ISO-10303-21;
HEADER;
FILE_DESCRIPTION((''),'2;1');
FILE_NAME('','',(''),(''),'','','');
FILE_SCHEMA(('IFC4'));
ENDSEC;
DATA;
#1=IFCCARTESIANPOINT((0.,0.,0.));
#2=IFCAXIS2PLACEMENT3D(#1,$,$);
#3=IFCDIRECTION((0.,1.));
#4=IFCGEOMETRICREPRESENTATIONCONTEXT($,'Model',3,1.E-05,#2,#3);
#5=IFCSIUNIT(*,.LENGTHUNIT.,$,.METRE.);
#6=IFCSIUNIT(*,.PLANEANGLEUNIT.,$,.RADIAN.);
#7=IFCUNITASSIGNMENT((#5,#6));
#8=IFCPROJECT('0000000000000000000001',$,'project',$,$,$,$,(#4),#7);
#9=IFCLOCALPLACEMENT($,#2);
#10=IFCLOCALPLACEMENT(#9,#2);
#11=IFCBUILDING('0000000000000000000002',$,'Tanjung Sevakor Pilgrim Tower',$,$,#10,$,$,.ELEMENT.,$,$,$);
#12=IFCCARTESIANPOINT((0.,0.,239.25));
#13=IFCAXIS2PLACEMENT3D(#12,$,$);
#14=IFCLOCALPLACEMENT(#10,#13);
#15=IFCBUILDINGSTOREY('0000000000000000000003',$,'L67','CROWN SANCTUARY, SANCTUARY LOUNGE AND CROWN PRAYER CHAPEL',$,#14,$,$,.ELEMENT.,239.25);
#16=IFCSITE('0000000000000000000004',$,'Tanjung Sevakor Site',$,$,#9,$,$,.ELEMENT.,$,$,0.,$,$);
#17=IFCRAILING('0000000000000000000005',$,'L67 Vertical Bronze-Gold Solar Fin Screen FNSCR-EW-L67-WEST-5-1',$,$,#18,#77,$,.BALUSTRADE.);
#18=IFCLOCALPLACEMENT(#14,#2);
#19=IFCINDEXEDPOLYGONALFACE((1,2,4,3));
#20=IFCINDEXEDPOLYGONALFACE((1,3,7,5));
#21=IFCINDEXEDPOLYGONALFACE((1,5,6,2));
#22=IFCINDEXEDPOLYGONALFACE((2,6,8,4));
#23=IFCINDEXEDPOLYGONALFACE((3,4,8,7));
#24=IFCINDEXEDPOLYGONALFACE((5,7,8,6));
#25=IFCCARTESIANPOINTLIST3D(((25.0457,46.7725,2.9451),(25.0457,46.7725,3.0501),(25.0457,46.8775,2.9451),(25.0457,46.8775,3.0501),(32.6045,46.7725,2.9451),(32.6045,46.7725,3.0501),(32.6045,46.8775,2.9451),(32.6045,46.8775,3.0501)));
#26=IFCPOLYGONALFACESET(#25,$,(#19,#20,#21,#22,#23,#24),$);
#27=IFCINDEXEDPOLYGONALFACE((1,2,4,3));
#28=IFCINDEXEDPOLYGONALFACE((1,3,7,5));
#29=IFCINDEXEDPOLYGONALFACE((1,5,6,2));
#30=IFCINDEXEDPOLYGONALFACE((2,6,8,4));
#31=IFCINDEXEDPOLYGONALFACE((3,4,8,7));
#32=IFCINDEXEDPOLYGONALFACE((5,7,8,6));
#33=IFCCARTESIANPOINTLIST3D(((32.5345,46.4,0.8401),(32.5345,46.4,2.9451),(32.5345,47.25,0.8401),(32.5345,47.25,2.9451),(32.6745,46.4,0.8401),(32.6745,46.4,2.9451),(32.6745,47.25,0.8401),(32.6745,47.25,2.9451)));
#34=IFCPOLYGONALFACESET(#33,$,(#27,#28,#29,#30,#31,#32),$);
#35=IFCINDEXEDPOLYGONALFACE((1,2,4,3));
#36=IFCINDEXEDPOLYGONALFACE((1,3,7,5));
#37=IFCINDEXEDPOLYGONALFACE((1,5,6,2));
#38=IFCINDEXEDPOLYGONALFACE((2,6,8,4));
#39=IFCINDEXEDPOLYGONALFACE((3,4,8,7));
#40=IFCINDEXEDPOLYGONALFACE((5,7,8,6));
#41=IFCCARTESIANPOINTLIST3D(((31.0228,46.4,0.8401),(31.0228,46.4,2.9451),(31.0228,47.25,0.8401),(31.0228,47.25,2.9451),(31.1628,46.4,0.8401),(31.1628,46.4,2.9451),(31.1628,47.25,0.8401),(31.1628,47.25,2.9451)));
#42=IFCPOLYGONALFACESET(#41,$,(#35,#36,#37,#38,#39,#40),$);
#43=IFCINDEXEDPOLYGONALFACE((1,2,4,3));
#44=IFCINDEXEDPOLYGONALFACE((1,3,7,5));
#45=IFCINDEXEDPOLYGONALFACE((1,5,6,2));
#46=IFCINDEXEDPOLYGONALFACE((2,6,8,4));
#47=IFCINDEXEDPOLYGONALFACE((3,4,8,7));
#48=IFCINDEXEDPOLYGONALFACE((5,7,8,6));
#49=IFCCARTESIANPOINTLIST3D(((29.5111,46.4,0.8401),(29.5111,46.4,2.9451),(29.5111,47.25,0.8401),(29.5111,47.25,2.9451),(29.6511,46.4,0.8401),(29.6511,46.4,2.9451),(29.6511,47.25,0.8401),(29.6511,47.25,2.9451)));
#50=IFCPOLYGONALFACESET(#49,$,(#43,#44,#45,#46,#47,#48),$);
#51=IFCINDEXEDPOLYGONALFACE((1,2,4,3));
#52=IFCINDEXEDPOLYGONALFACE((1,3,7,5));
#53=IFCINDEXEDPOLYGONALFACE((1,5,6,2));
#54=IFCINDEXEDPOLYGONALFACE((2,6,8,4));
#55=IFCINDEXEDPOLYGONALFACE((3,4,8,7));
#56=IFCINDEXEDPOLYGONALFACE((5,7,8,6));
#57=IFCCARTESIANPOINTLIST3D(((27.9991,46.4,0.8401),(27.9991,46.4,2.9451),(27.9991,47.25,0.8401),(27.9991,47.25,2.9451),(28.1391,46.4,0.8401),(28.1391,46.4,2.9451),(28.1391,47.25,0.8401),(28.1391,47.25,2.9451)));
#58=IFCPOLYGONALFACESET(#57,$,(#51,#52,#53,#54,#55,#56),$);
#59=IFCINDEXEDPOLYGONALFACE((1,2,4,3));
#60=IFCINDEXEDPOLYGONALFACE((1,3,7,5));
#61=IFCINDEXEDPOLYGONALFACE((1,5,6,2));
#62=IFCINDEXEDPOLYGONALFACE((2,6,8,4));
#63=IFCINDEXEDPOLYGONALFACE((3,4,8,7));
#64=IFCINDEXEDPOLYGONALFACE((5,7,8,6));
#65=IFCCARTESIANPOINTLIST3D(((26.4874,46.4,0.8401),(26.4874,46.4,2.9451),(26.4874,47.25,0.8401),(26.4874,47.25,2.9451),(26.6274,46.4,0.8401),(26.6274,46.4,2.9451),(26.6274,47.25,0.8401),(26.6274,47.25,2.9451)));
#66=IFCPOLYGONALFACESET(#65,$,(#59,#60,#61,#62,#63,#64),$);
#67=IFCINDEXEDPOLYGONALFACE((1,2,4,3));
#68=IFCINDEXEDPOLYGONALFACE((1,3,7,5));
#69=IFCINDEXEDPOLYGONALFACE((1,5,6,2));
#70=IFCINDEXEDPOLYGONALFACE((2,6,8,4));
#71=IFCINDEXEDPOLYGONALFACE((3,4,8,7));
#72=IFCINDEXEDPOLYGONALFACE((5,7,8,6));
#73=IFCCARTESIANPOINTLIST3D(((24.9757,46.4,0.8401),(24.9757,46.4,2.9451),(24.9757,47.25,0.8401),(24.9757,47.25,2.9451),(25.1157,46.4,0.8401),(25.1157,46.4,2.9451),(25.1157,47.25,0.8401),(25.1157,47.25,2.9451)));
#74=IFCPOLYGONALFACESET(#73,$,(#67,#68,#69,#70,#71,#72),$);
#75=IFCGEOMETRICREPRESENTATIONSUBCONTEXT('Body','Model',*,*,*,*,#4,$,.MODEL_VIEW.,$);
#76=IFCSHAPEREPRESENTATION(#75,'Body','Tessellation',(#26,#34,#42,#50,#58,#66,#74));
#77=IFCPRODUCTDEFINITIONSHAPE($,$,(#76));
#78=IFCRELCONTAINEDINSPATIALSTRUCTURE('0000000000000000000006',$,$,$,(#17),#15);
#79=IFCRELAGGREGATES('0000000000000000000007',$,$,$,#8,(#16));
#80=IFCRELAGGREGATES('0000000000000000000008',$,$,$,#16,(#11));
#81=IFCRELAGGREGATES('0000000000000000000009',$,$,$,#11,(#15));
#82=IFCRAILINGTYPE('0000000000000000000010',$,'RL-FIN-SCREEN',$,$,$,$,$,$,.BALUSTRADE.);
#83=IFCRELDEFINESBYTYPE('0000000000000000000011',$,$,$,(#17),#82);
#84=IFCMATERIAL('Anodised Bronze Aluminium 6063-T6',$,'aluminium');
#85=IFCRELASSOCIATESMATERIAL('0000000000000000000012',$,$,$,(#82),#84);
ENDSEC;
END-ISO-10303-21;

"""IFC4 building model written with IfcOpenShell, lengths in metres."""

from ifc_helpers import new_model, si_unit, direction, frame, origin, place, context, subcontext, project, spatial, rectangle, extrude, material, type_object, element, save


model = new_model("IFC4")

# Units and contexts
model_context = context("Model", 3, precision=1e-05, world=origin(), true_north=direction((0.0, 1.0)))
body_context = subcontext(model_context, "Body", "Model", "MODEL_VIEW")
ifc_project = project(units=[si_unit("LENGTHUNIT", "METRE"), si_unit("PLANEANGLEUNIT", "RADIAN")], contexts=[model_context])

# Site, building, storey
site_placement = place(None, origin())
site = spatial("IfcSite", under=ifc_project, at=site_placement, Name="Tanjung Sevakor Site", CompositionType="ELEMENT", RefElevation=0.0)
building_placement = place(site_placement, origin())
building = spatial("IfcBuilding", under=site, at=building_placement, Name="Tanjung Sevakor Pilgrim Tower", CompositionType="ELEMENT")
storey_placement = place(building_placement, frame((0.0, 0.0, 239.25)))
storey = spatial("IfcBuildingStorey", under=building, at=storey_placement, Name="L67", Description="CROWN SANCTUARY, SANCTUARY LOUNGE AND CROWN PRAYER CHAPEL", CompositionType="ELEMENT", Elevation=239.25)

# Railing
ifc_material_1 = material(Name="Anodised Bronze Aluminium 6063-T6", Category="aluminium")
railing_type = type_object("IfcRailingType", Name="RL-FIN-SCREEN", PredefinedType="BALUSTRADE", material=ifc_material_1)
railing_placement = place(storey_placement, frame((32.6045, 46.825, 0.8401)))
element("IfcRailing", 1, at=railing_placement, inside=storey, type_object=railing_type, Name="L67 Vertical Bronze-Gold Solar Fin Screen FNSCR-EW-L67-WEST-5-1", PredefinedType="BALUSTRADE", context=body_context, shape_type="SweptSolid", body=[
    extrude(rectangle(XDim=0.105, YDim=0.105), frame((0.0, 0.0, 2.1575), z_axis=(-1.0, 0.0, 0.0), x_axis=(0.0, -1.0, 0.0)), (0.0, 0.0, 1.0), 7.5588),
    extrude(rectangle(XDim=0.14, YDim=0.85), origin(), (0.0, 0.0, 1.0), 2.105),
    extrude(rectangle(XDim=0.14, YDim=0.85), frame((-1.5117, 0.0, 0.0)), (0.0, 0.0, 1.0), 2.105),
    extrude(rectangle(XDim=0.14, YDim=0.85), frame((-3.0234, 0.0, 0.0)), (0.0, 0.0, 1.0), 2.105),
    extrude(rectangle(XDim=0.14, YDim=0.85), frame((-4.5354, 0.0, 0.0)), (0.0, 0.0, 1.0), 2.105),
    extrude(rectangle(XDim=0.14, YDim=0.85), frame((-6.0471, 0.0, 0.0)), (0.0, 0.0, 1.0), 2.105),
    extrude(rectangle(XDim=0.14, YDim=0.85), frame((-7.5588, 0.0, 0.0)), (0.0, 0.0, 1.0), 2.105),
])

save(model, "model.ifc")
